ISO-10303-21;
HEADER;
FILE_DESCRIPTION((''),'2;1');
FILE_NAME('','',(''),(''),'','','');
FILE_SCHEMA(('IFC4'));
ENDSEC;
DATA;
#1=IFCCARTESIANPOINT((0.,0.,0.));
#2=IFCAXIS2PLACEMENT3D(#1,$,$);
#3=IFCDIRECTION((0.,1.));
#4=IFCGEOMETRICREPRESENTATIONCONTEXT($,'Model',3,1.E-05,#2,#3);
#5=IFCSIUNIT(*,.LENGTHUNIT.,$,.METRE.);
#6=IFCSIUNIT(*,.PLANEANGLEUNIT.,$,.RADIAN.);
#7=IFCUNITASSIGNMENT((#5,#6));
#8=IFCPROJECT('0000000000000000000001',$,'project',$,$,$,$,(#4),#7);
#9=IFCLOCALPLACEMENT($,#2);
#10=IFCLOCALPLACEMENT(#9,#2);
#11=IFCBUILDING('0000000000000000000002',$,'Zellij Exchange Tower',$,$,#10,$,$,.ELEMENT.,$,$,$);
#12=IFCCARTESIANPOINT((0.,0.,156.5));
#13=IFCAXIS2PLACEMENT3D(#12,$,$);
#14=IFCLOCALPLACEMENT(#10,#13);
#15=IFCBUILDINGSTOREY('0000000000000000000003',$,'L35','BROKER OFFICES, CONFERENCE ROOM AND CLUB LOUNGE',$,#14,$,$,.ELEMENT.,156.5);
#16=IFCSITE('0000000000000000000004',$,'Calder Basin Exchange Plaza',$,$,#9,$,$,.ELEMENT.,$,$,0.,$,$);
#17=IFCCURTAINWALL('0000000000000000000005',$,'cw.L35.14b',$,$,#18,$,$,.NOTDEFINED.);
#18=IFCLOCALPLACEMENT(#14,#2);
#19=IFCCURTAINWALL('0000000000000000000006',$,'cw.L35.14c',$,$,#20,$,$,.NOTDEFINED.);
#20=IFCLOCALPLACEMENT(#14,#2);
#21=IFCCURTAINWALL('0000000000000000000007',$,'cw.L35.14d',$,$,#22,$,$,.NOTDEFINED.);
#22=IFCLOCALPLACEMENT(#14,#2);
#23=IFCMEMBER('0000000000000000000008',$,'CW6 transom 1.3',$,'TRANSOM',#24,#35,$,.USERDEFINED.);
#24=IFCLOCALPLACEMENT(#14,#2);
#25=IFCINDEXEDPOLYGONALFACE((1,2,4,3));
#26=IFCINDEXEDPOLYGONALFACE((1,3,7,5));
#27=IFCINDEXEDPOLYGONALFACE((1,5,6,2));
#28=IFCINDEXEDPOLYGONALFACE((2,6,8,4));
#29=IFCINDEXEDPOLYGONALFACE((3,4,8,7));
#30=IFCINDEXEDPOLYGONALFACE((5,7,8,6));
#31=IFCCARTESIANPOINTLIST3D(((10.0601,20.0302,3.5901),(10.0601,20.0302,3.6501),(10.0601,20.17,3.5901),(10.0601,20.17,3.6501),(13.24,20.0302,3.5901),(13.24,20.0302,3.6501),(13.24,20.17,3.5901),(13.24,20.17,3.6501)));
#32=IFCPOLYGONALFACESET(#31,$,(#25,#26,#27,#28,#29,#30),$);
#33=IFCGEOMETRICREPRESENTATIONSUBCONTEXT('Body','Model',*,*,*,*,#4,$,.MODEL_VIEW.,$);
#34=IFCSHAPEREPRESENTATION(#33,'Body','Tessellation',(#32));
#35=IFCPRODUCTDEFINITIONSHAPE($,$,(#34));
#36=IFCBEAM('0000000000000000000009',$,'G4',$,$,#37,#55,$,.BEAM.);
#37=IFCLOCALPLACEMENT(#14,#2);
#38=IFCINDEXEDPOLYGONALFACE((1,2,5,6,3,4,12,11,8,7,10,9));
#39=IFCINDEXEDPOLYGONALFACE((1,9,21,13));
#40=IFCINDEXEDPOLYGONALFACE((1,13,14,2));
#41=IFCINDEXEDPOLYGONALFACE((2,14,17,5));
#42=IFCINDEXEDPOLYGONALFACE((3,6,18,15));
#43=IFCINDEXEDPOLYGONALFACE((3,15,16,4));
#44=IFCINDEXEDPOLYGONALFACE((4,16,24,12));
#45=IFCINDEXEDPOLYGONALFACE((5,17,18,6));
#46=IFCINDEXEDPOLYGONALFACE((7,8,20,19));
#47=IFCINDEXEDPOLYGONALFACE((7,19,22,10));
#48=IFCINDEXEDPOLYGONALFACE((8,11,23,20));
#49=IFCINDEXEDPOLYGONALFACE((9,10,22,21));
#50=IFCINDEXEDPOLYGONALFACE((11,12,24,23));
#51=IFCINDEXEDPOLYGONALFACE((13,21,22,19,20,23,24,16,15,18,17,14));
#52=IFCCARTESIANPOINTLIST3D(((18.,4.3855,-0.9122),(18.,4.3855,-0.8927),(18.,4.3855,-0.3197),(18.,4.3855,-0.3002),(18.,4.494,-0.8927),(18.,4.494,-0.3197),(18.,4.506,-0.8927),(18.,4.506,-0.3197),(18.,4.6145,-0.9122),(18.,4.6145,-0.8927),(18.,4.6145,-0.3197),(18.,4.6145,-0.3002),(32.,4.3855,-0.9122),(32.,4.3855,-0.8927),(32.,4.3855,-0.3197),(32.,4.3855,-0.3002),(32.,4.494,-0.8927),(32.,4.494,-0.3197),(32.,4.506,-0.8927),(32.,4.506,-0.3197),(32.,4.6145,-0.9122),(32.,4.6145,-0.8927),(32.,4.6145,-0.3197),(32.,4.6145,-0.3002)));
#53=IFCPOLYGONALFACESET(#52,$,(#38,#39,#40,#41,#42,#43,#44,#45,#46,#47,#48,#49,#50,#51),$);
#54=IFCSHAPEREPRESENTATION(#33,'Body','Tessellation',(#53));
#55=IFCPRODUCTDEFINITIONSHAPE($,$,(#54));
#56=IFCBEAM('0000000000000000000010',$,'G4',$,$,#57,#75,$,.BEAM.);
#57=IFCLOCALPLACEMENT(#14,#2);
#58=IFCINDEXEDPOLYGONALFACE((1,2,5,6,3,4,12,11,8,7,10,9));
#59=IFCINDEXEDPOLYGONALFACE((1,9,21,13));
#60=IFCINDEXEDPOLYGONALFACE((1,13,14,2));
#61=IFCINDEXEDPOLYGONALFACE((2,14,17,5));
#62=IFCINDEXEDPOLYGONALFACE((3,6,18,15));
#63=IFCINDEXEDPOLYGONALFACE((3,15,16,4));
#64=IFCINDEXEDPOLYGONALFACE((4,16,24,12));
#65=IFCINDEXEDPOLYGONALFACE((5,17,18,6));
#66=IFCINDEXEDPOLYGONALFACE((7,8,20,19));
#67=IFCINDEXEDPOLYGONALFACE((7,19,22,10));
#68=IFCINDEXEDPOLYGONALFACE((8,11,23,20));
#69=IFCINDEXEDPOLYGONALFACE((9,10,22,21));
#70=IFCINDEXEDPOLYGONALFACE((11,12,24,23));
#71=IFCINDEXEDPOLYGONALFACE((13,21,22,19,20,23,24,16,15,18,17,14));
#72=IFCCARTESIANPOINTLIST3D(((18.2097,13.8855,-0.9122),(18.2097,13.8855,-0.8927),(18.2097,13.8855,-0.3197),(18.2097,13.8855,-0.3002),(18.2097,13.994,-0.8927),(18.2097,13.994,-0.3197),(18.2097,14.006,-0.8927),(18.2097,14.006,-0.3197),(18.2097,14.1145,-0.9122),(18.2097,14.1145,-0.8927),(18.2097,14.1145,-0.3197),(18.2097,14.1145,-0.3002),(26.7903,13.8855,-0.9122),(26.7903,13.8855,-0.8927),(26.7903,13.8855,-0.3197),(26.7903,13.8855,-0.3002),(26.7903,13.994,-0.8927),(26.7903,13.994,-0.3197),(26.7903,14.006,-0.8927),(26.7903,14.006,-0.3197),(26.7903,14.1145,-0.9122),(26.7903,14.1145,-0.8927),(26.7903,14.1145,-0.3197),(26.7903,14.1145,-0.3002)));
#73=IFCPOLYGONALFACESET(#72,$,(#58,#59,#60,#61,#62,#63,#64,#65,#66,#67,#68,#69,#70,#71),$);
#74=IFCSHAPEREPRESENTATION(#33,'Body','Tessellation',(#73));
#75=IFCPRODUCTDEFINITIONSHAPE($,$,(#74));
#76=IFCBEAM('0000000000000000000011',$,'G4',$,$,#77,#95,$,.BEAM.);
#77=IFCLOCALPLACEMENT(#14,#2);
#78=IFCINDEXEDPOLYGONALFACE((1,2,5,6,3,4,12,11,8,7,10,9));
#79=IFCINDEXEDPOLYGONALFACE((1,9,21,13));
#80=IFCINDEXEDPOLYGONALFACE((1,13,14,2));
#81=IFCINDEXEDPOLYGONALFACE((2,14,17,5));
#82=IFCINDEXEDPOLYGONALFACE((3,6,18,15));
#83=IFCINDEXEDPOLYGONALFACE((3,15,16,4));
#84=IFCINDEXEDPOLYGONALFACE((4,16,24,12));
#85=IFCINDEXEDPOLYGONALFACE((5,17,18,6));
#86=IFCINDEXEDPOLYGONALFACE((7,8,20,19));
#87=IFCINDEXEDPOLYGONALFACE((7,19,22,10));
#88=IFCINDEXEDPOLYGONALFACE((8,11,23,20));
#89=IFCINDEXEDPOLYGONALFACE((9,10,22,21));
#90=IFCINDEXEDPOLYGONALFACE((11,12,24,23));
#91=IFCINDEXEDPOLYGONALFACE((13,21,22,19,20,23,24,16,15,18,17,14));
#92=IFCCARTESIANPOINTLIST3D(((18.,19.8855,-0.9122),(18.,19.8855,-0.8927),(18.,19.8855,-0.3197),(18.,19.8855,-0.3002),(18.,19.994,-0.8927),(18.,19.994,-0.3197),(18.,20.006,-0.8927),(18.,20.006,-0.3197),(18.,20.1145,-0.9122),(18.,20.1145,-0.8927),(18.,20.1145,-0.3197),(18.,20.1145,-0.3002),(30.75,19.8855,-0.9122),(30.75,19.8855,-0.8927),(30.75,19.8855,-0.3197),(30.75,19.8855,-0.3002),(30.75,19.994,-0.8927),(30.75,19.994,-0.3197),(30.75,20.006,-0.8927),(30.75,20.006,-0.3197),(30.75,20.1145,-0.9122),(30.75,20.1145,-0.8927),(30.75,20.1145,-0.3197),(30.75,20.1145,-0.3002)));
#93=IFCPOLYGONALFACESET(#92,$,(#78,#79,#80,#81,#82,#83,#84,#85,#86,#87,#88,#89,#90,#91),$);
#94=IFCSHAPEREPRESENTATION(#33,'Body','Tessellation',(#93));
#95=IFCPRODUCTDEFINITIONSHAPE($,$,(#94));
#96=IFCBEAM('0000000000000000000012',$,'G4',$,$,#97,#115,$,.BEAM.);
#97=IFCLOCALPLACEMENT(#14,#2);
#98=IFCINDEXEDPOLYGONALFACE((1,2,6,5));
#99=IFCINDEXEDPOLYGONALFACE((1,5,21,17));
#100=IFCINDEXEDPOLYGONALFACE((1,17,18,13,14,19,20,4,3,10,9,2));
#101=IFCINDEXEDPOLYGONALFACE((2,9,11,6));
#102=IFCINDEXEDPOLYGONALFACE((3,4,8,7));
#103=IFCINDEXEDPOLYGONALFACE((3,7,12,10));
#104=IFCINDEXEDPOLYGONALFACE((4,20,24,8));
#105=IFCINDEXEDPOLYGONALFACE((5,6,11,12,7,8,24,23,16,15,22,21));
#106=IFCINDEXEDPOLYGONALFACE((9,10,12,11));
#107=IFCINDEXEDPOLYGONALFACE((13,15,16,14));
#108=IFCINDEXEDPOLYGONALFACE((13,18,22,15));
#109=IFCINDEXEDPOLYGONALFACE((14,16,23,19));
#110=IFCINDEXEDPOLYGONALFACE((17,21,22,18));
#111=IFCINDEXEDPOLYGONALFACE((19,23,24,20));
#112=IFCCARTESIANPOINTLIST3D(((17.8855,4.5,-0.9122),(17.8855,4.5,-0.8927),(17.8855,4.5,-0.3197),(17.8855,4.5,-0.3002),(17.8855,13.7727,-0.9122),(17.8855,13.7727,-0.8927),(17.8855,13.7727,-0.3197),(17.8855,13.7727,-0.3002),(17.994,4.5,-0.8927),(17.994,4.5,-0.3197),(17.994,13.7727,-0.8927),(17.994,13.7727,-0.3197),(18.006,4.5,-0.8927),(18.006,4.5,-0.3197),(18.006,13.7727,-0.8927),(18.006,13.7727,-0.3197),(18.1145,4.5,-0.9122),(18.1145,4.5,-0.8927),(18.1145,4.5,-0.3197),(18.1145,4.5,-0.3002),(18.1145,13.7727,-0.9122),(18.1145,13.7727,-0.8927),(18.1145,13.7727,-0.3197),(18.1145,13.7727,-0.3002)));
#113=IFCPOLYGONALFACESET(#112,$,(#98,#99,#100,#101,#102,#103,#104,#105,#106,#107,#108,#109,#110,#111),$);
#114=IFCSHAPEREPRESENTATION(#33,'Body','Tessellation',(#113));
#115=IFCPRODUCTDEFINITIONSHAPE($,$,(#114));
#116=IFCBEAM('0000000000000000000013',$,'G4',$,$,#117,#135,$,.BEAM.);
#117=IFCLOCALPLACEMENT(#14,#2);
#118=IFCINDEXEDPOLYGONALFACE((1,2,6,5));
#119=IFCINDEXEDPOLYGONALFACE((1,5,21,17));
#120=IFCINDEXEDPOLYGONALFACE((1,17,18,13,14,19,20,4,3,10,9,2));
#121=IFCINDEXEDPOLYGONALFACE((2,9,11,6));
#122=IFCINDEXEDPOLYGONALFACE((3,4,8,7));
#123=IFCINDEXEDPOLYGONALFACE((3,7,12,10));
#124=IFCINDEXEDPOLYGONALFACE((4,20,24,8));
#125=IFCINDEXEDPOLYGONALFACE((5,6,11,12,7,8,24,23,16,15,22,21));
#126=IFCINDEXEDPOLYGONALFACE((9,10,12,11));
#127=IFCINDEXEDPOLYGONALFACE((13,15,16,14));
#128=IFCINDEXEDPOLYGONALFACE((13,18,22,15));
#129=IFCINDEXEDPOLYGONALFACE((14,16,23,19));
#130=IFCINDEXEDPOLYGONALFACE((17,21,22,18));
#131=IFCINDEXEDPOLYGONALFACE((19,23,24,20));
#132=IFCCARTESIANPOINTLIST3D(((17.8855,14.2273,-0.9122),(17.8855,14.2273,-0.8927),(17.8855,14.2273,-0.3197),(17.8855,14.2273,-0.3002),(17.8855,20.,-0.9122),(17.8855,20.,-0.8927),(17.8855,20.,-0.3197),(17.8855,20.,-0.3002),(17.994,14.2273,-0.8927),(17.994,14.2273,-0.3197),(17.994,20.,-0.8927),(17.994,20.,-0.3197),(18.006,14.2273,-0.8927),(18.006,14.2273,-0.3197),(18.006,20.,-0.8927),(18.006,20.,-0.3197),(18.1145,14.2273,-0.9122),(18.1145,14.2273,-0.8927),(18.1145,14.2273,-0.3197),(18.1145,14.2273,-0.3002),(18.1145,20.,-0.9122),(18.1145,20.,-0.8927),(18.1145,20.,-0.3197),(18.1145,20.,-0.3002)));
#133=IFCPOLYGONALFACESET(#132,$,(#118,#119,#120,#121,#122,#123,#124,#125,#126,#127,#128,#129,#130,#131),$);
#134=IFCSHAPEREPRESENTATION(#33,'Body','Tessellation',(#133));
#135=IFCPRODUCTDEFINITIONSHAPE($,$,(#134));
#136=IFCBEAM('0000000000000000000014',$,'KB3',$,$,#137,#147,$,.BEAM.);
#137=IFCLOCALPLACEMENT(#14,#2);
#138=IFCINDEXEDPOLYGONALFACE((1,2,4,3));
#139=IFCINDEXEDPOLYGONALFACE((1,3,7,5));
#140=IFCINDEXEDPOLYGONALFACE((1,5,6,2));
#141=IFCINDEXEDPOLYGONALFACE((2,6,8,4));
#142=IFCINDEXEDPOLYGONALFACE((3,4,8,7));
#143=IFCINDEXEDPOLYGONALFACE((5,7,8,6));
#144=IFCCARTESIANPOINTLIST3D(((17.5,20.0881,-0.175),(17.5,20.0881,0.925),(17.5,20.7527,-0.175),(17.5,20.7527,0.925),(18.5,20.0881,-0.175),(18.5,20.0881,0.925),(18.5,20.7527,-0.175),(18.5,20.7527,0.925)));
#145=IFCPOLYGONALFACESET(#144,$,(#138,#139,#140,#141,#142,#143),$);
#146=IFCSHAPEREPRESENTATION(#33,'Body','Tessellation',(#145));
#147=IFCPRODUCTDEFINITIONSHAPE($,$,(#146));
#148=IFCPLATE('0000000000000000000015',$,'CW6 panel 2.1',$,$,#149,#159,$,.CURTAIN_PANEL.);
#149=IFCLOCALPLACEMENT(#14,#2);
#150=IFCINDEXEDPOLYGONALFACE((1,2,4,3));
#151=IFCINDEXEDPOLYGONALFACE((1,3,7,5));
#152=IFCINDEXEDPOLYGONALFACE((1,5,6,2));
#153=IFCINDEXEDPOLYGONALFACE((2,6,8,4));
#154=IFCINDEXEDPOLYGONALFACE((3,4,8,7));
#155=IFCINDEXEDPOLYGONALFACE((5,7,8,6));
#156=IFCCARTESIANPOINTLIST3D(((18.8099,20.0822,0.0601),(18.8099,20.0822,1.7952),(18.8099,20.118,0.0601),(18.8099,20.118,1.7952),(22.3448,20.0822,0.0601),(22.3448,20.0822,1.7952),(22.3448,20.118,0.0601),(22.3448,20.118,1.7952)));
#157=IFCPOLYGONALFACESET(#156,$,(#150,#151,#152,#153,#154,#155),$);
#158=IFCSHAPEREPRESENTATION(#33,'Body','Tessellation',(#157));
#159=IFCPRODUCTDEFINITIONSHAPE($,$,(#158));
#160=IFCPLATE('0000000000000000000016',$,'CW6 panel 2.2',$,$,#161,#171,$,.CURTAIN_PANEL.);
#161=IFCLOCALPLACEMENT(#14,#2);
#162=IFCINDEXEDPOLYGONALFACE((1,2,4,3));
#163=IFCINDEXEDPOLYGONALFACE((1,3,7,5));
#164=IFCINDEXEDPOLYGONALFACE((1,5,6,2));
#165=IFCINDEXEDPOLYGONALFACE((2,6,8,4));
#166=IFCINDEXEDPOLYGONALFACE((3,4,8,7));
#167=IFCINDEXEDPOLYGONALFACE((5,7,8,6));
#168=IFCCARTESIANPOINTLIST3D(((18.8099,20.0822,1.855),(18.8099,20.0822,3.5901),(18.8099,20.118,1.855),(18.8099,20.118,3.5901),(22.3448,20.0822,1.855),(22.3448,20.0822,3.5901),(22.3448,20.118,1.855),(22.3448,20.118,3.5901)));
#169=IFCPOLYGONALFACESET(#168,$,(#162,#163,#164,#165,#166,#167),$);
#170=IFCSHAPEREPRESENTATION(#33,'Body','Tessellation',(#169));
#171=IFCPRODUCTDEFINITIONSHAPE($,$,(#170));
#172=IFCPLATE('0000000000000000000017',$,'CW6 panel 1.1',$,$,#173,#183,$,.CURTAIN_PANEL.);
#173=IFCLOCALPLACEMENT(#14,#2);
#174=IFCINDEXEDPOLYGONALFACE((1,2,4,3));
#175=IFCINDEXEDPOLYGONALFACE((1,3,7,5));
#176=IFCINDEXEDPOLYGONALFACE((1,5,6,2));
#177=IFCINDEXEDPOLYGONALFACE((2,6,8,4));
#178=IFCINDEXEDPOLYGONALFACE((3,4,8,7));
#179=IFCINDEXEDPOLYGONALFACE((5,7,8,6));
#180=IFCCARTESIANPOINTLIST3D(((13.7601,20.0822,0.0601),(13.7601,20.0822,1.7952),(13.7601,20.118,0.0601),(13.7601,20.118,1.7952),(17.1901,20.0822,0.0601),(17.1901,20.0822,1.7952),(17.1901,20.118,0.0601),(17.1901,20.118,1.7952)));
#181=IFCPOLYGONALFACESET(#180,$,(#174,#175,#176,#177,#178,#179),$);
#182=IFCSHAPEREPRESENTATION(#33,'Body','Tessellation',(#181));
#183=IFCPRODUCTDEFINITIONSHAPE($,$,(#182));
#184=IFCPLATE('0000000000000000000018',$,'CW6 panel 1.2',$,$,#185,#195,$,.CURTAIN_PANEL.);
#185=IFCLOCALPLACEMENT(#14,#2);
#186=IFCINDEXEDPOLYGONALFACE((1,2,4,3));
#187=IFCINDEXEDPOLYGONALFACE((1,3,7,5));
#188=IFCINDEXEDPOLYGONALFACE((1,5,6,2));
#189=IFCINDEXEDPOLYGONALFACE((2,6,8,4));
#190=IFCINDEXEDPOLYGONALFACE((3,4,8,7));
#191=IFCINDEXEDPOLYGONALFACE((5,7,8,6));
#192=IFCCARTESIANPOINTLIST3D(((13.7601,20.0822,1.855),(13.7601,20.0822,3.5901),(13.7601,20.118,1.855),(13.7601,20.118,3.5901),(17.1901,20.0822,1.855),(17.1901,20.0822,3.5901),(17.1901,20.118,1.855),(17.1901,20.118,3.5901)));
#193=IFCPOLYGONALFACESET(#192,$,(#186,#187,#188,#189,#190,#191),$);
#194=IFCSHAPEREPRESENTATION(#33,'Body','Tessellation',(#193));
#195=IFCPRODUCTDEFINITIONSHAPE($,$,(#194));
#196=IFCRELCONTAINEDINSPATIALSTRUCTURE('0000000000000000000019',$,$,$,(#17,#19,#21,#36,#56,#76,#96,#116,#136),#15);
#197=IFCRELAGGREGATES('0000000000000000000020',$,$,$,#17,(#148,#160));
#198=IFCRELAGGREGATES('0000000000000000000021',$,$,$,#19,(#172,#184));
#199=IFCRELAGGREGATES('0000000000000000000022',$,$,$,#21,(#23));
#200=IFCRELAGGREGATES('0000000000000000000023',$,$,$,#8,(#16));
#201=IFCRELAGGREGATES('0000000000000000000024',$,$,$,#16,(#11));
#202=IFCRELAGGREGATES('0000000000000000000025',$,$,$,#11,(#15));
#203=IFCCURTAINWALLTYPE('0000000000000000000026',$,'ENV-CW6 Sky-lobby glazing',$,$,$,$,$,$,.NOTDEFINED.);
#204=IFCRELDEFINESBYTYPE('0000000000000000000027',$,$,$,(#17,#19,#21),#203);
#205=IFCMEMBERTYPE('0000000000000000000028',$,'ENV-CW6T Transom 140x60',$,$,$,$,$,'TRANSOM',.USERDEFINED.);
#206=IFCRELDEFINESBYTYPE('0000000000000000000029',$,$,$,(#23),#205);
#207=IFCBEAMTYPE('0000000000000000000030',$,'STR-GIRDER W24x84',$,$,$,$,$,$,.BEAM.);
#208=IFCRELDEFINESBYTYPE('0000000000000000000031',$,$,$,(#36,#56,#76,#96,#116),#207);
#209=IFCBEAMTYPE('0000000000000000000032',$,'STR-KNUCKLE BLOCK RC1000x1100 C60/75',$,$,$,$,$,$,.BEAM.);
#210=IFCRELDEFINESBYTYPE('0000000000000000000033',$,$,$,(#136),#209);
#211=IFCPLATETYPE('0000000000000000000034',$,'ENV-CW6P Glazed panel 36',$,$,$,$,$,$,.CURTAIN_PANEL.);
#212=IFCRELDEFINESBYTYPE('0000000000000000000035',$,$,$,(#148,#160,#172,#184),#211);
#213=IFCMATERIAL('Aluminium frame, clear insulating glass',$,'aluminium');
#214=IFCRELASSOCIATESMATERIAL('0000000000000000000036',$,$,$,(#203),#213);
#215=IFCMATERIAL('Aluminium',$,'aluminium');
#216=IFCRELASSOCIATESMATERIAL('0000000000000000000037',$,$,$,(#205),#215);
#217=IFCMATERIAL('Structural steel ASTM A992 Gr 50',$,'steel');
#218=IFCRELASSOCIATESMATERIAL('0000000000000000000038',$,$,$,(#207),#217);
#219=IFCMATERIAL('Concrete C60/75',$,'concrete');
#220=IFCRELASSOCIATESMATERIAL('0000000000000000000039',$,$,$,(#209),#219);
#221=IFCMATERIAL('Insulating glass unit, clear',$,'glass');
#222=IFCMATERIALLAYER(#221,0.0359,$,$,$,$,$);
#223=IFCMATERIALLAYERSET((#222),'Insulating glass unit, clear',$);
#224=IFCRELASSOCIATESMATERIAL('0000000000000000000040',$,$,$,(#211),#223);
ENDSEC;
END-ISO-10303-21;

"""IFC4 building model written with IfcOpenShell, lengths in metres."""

from ifc_helpers import new_model, si_unit, direction, frame, origin, origin_2d, place, context, subcontext, project, spatial, rectangle, i_section, extrude, material, layer, layer_set, material_profile, profile_set, type_object, element, aggregate, save


model = new_model("IFC4")

# Units and contexts
model_context = context("Model", 3, precision=1e-05, world=origin(), true_north=direction((0.0, 1.0)))
body_context = subcontext(model_context, "Body", "Model", "MODEL_VIEW")
ifc_project = project(units=[si_unit("LENGTHUNIT", "METRE"), si_unit("PLANEANGLEUNIT", "RADIAN")], contexts=[model_context])

# Site, building, storey
site_placement = place(None, origin())
site = spatial("IfcSite", under=ifc_project, at=site_placement, Name="Calder Basin Exchange Plaza", CompositionType="ELEMENT", RefElevation=0.0)
building_placement = place(site_placement, origin())
building = spatial("IfcBuilding", under=site, at=building_placement, Name="Zellij Exchange Tower", CompositionType="ELEMENT")
storey_placement = place(building_placement, frame((0.0, 0.0, 156.5)))
storey = spatial("IfcBuildingStorey", under=building, at=storey_placement, Name="L35", Description="BROKER OFFICES, CONFERENCE ROOM AND CLUB LOUNGE", CompositionType="ELEMENT", Elevation=156.5)

# Shared definitions
ifc_material_1 = material(Name="Concrete C60/75", Category="concrete")

# Curtain wall
ifc_material_2 = material(Name="Aluminium frame, clear insulating glass", Category="aluminium")
curtain_wall_type = type_object("IfcCurtainWallType", Name="ENV-CW6 Sky-lobby glazing", PredefinedType="NOTDEFINED", material=ifc_material_2)
curtain_wall_1_placement = place(storey_placement, origin())
curtain_wall_1 = element("IfcCurtainWall", 1, at=curtain_wall_1_placement, inside=storey, type_object=curtain_wall_type, Name="cw.L35.14b", PredefinedType="NOTDEFINED")
ifc_material_3 = material(Name="Aluminium", Category="aluminium")

# Curtain wall
curtain_wall_2_placement = place(storey_placement, origin())
curtain_wall_2 = element("IfcCurtainWall", 2, at=curtain_wall_2_placement, inside=storey, type_object=curtain_wall_type, Name="cw.L35.14c", PredefinedType="NOTDEFINED")

# Curtain wall
curtain_wall_3_placement = place(storey_placement, origin())
curtain_wall_3 = element("IfcCurtainWall", 3, at=curtain_wall_3_placement, inside=storey, type_object=curtain_wall_type, Name="cw.L35.14d", PredefinedType="NOTDEFINED")

# Member
ifc_material_profile_1 = material_profile(ifc_material_3, rectangle(XDim=0.1399, YDim=0.0601, at=origin_2d()), Name="AL 140x60")
ifc_profile_set_1 = profile_set([ifc_material_profile_1], Name="Aluminium")
member_type_1 = type_object("IfcMemberType", Name="ENV-CW6T Transom 140x60", ElementType="TRANSOM", PredefinedType="USERDEFINED", material=ifc_profile_set_1)
member_1_placement = place(storey_placement, frame((13.24, 20.1001, 3.6201), z_axis=(-1.0, 0.0, 0.0), x_axis=(0.0, -1.0, 0.0)))
member_1 = element("IfcMember", 4, at=member_1_placement, type_object=member_type_1, Name="CW6 transom 1.3", ObjectType="TRANSOM", PredefinedType="USERDEFINED", context=body_context, shape_type="SweptSolid", body=[
    extrude(rectangle(XDim=0.1399, YDim=0.0601, at=origin_2d()), origin(), (0.0, 0.0, 1.0), 3.1799),
])

# Beams
ifc_material_4 = material(Name="Structural steel ASTM A992 Gr 50", Category="steel")
ifc_material_profile_2 = material_profile(ifc_material_4, i_section(OverallWidth=0.229, OverallDepth=0.6121, WebThickness=0.012, FlangeThickness=0.0195, at=origin_2d()), Name="W24x84")
ifc_profile_set_2 = profile_set([ifc_material_profile_2], Name="Structural steel ASTM A992 Gr 50")
beam_type_1 = type_object("IfcBeamType", Name="STR-GIRDER W24x84", PredefinedType="BEAM", material=ifc_profile_set_2)
beam_1_placement = place(storey_placement, frame((18.0, 4.5, -0.6062), z_axis=(1.0, 0.0, 0.0), x_axis=(0.0, 1.0, 0.0)))
element("IfcBeam", 5, at=beam_1_placement, inside=storey, type_object=beam_type_1, Name="G4", PredefinedType="BEAM", context=body_context, shape_type="SweptSolid", body=[
    extrude(i_section(OverallWidth=0.229, OverallDepth=0.6121, WebThickness=0.012, FlangeThickness=0.0195, at=origin_2d()), origin(), (0.0, 0.0, 1.0), 14.0),
])
beam_2_placement = place(storey_placement, frame((18.2097, 14.0, -0.6062), z_axis=(1.0, 0.0, 0.0), x_axis=(0.0, 1.0, 0.0)))
element("IfcBeam", 6, at=beam_2_placement, inside=storey, type_object=beam_type_1, Name="G4", PredefinedType="BEAM", context=body_context, shape_type="SweptSolid", body=[
    extrude(i_section(OverallWidth=0.229, OverallDepth=0.6121, WebThickness=0.012, FlangeThickness=0.0195, at=origin_2d()), origin(), (0.0, 0.0, 1.0), 8.5806),
])
beam_3_placement = place(storey_placement, frame((18.0, 20.0, -0.6062), z_axis=(1.0, 0.0, 0.0), x_axis=(0.0, 1.0, 0.0)))
element("IfcBeam", 7, at=beam_3_placement, inside=storey, type_object=beam_type_1, Name="G4", PredefinedType="BEAM", context=body_context, shape_type="SweptSolid", body=[
    extrude(i_section(OverallWidth=0.229, OverallDepth=0.6121, WebThickness=0.012, FlangeThickness=0.0195, at=origin_2d()), origin(), (0.0, 0.0, 1.0), 12.75),
])
beam_4_placement = place(storey_placement, frame((18.0, 4.5, -0.6062), z_axis=(0.0, 1.0, 0.0), x_axis=(-1.0, 0.0, 0.0)))
element("IfcBeam", 8, at=beam_4_placement, inside=storey, type_object=beam_type_1, Name="G4", PredefinedType="BEAM", context=body_context, shape_type="SweptSolid", body=[
    extrude(i_section(OverallWidth=0.229, OverallDepth=0.6121, WebThickness=0.012, FlangeThickness=0.0195, at=origin_2d()), origin(), (0.0, 0.0, 1.0), 9.2727),
])
beam_5_placement = place(storey_placement, frame((18.0, 14.2273, -0.6062), z_axis=(0.0, 1.0, 0.0), x_axis=(-1.0, 0.0, 0.0)))
element("IfcBeam", 9, at=beam_5_placement, inside=storey, type_object=beam_type_1, Name="G4", PredefinedType="BEAM", context=body_context, shape_type="SweptSolid", body=[
    extrude(i_section(OverallWidth=0.229, OverallDepth=0.6121, WebThickness=0.012, FlangeThickness=0.0195, at=origin_2d()), origin(), (0.0, 0.0, 1.0), 5.7727),
])
ifc_material_profile_3 = material_profile(ifc_material_1, rectangle(XDim=1.0, YDim=1.1001, at=origin_2d()), Name="STR-KNUCKLE BLOCK RC1000x1100 C60/75")
ifc_profile_set_3 = profile_set([ifc_material_profile_3], Name="Concrete C60/75")
beam_type_2 = type_object("IfcBeamType", Name="STR-KNUCKLE BLOCK RC1000x1100 C60/75", PredefinedType="BEAM", material=ifc_profile_set_3)
beam_6_placement = place(storey_placement, frame((18.0, 20.0881, 0.375), z_axis=(0.0, 1.0, 0.0), x_axis=(-1.0, 0.0, 0.0)))
element("IfcBeam", 10, at=beam_6_placement, inside=storey, type_object=beam_type_2, Name="KB3", PredefinedType="BEAM", context=body_context, shape_type="SweptSolid", body=[
    extrude(rectangle(XDim=1.0, YDim=1.1001, at=origin_2d()), origin(), (0.0, 0.0, 1.0), 0.6646),
])

# Plates
ifc_material_5 = material(Name="Insulating glass unit, clear", Category="glass")
ifc_layer_1 = layer(ifc_material_5, 0.0359)
ifc_layer_set_1 = layer_set([ifc_layer_1], Name="Insulating glass unit, clear")
plate_type = type_object("IfcPlateType", Name="ENV-CW6P Glazed panel 36", PredefinedType="CURTAIN_PANEL", material=ifc_layer_set_1)
plate_1_placement = place(storey_placement, frame((20.5774, 20.1001, 0.0601), z_axis=(0.0, 0.0, 1.0), x_axis=(-1.0, 0.0, 0.0)))
plate_1 = element("IfcPlate", 11, at=plate_1_placement, type_object=plate_type, Name="CW6 panel 2.1", PredefinedType="CURTAIN_PANEL", context=body_context, shape_type="SweptSolid", body=[
    extrude(rectangle(XDim=3.5349, YDim=0.0359, at=origin_2d()), origin(), (0.0, 0.0, 1.0), 1.7351),
])
plate_2_placement = place(storey_placement, frame((20.5774, 20.1001, 1.855), z_axis=(0.0, 0.0, 1.0), x_axis=(-1.0, 0.0, 0.0)))
plate_2 = element("IfcPlate", 12, at=plate_2_placement, type_object=plate_type, Name="CW6 panel 2.2", PredefinedType="CURTAIN_PANEL", context=body_context, shape_type="SweptSolid", body=[
    extrude(rectangle(XDim=3.5349, YDim=0.0359, at=origin_2d()), origin(), (0.0, 0.0, 1.0), 1.7351),
])
aggregate(curtain_wall_1, [plate_1, plate_2])
plate_3_placement = place(storey_placement, frame((15.4751, 20.1001, 0.0601), z_axis=(0.0, 0.0, 1.0), x_axis=(-1.0, 0.0, 0.0)))
plate_3 = element("IfcPlate", 13, at=plate_3_placement, type_object=plate_type, Name="CW6 panel 1.1", PredefinedType="CURTAIN_PANEL", context=body_context, shape_type="SweptSolid", body=[
    extrude(rectangle(XDim=3.4299, YDim=0.0359, at=origin_2d()), origin(), (0.0, 0.0, 1.0), 1.7351),
])
plate_4_placement = place(storey_placement, frame((15.4751, 20.1001, 1.855), z_axis=(0.0, 0.0, 1.0), x_axis=(-1.0, 0.0, 0.0)))
plate_4 = element("IfcPlate", 14, at=plate_4_placement, type_object=plate_type, Name="CW6 panel 1.2", PredefinedType="CURTAIN_PANEL", context=body_context, shape_type="SweptSolid", body=[
    extrude(rectangle(XDim=3.4299, YDim=0.0359, at=origin_2d()), origin(), (0.0, 0.0, 1.0), 1.7351),
])
aggregate(curtain_wall_2, [plate_3, plate_4])
aggregate(curtain_wall_3, [member_1])

save(model, "model.ifc")
